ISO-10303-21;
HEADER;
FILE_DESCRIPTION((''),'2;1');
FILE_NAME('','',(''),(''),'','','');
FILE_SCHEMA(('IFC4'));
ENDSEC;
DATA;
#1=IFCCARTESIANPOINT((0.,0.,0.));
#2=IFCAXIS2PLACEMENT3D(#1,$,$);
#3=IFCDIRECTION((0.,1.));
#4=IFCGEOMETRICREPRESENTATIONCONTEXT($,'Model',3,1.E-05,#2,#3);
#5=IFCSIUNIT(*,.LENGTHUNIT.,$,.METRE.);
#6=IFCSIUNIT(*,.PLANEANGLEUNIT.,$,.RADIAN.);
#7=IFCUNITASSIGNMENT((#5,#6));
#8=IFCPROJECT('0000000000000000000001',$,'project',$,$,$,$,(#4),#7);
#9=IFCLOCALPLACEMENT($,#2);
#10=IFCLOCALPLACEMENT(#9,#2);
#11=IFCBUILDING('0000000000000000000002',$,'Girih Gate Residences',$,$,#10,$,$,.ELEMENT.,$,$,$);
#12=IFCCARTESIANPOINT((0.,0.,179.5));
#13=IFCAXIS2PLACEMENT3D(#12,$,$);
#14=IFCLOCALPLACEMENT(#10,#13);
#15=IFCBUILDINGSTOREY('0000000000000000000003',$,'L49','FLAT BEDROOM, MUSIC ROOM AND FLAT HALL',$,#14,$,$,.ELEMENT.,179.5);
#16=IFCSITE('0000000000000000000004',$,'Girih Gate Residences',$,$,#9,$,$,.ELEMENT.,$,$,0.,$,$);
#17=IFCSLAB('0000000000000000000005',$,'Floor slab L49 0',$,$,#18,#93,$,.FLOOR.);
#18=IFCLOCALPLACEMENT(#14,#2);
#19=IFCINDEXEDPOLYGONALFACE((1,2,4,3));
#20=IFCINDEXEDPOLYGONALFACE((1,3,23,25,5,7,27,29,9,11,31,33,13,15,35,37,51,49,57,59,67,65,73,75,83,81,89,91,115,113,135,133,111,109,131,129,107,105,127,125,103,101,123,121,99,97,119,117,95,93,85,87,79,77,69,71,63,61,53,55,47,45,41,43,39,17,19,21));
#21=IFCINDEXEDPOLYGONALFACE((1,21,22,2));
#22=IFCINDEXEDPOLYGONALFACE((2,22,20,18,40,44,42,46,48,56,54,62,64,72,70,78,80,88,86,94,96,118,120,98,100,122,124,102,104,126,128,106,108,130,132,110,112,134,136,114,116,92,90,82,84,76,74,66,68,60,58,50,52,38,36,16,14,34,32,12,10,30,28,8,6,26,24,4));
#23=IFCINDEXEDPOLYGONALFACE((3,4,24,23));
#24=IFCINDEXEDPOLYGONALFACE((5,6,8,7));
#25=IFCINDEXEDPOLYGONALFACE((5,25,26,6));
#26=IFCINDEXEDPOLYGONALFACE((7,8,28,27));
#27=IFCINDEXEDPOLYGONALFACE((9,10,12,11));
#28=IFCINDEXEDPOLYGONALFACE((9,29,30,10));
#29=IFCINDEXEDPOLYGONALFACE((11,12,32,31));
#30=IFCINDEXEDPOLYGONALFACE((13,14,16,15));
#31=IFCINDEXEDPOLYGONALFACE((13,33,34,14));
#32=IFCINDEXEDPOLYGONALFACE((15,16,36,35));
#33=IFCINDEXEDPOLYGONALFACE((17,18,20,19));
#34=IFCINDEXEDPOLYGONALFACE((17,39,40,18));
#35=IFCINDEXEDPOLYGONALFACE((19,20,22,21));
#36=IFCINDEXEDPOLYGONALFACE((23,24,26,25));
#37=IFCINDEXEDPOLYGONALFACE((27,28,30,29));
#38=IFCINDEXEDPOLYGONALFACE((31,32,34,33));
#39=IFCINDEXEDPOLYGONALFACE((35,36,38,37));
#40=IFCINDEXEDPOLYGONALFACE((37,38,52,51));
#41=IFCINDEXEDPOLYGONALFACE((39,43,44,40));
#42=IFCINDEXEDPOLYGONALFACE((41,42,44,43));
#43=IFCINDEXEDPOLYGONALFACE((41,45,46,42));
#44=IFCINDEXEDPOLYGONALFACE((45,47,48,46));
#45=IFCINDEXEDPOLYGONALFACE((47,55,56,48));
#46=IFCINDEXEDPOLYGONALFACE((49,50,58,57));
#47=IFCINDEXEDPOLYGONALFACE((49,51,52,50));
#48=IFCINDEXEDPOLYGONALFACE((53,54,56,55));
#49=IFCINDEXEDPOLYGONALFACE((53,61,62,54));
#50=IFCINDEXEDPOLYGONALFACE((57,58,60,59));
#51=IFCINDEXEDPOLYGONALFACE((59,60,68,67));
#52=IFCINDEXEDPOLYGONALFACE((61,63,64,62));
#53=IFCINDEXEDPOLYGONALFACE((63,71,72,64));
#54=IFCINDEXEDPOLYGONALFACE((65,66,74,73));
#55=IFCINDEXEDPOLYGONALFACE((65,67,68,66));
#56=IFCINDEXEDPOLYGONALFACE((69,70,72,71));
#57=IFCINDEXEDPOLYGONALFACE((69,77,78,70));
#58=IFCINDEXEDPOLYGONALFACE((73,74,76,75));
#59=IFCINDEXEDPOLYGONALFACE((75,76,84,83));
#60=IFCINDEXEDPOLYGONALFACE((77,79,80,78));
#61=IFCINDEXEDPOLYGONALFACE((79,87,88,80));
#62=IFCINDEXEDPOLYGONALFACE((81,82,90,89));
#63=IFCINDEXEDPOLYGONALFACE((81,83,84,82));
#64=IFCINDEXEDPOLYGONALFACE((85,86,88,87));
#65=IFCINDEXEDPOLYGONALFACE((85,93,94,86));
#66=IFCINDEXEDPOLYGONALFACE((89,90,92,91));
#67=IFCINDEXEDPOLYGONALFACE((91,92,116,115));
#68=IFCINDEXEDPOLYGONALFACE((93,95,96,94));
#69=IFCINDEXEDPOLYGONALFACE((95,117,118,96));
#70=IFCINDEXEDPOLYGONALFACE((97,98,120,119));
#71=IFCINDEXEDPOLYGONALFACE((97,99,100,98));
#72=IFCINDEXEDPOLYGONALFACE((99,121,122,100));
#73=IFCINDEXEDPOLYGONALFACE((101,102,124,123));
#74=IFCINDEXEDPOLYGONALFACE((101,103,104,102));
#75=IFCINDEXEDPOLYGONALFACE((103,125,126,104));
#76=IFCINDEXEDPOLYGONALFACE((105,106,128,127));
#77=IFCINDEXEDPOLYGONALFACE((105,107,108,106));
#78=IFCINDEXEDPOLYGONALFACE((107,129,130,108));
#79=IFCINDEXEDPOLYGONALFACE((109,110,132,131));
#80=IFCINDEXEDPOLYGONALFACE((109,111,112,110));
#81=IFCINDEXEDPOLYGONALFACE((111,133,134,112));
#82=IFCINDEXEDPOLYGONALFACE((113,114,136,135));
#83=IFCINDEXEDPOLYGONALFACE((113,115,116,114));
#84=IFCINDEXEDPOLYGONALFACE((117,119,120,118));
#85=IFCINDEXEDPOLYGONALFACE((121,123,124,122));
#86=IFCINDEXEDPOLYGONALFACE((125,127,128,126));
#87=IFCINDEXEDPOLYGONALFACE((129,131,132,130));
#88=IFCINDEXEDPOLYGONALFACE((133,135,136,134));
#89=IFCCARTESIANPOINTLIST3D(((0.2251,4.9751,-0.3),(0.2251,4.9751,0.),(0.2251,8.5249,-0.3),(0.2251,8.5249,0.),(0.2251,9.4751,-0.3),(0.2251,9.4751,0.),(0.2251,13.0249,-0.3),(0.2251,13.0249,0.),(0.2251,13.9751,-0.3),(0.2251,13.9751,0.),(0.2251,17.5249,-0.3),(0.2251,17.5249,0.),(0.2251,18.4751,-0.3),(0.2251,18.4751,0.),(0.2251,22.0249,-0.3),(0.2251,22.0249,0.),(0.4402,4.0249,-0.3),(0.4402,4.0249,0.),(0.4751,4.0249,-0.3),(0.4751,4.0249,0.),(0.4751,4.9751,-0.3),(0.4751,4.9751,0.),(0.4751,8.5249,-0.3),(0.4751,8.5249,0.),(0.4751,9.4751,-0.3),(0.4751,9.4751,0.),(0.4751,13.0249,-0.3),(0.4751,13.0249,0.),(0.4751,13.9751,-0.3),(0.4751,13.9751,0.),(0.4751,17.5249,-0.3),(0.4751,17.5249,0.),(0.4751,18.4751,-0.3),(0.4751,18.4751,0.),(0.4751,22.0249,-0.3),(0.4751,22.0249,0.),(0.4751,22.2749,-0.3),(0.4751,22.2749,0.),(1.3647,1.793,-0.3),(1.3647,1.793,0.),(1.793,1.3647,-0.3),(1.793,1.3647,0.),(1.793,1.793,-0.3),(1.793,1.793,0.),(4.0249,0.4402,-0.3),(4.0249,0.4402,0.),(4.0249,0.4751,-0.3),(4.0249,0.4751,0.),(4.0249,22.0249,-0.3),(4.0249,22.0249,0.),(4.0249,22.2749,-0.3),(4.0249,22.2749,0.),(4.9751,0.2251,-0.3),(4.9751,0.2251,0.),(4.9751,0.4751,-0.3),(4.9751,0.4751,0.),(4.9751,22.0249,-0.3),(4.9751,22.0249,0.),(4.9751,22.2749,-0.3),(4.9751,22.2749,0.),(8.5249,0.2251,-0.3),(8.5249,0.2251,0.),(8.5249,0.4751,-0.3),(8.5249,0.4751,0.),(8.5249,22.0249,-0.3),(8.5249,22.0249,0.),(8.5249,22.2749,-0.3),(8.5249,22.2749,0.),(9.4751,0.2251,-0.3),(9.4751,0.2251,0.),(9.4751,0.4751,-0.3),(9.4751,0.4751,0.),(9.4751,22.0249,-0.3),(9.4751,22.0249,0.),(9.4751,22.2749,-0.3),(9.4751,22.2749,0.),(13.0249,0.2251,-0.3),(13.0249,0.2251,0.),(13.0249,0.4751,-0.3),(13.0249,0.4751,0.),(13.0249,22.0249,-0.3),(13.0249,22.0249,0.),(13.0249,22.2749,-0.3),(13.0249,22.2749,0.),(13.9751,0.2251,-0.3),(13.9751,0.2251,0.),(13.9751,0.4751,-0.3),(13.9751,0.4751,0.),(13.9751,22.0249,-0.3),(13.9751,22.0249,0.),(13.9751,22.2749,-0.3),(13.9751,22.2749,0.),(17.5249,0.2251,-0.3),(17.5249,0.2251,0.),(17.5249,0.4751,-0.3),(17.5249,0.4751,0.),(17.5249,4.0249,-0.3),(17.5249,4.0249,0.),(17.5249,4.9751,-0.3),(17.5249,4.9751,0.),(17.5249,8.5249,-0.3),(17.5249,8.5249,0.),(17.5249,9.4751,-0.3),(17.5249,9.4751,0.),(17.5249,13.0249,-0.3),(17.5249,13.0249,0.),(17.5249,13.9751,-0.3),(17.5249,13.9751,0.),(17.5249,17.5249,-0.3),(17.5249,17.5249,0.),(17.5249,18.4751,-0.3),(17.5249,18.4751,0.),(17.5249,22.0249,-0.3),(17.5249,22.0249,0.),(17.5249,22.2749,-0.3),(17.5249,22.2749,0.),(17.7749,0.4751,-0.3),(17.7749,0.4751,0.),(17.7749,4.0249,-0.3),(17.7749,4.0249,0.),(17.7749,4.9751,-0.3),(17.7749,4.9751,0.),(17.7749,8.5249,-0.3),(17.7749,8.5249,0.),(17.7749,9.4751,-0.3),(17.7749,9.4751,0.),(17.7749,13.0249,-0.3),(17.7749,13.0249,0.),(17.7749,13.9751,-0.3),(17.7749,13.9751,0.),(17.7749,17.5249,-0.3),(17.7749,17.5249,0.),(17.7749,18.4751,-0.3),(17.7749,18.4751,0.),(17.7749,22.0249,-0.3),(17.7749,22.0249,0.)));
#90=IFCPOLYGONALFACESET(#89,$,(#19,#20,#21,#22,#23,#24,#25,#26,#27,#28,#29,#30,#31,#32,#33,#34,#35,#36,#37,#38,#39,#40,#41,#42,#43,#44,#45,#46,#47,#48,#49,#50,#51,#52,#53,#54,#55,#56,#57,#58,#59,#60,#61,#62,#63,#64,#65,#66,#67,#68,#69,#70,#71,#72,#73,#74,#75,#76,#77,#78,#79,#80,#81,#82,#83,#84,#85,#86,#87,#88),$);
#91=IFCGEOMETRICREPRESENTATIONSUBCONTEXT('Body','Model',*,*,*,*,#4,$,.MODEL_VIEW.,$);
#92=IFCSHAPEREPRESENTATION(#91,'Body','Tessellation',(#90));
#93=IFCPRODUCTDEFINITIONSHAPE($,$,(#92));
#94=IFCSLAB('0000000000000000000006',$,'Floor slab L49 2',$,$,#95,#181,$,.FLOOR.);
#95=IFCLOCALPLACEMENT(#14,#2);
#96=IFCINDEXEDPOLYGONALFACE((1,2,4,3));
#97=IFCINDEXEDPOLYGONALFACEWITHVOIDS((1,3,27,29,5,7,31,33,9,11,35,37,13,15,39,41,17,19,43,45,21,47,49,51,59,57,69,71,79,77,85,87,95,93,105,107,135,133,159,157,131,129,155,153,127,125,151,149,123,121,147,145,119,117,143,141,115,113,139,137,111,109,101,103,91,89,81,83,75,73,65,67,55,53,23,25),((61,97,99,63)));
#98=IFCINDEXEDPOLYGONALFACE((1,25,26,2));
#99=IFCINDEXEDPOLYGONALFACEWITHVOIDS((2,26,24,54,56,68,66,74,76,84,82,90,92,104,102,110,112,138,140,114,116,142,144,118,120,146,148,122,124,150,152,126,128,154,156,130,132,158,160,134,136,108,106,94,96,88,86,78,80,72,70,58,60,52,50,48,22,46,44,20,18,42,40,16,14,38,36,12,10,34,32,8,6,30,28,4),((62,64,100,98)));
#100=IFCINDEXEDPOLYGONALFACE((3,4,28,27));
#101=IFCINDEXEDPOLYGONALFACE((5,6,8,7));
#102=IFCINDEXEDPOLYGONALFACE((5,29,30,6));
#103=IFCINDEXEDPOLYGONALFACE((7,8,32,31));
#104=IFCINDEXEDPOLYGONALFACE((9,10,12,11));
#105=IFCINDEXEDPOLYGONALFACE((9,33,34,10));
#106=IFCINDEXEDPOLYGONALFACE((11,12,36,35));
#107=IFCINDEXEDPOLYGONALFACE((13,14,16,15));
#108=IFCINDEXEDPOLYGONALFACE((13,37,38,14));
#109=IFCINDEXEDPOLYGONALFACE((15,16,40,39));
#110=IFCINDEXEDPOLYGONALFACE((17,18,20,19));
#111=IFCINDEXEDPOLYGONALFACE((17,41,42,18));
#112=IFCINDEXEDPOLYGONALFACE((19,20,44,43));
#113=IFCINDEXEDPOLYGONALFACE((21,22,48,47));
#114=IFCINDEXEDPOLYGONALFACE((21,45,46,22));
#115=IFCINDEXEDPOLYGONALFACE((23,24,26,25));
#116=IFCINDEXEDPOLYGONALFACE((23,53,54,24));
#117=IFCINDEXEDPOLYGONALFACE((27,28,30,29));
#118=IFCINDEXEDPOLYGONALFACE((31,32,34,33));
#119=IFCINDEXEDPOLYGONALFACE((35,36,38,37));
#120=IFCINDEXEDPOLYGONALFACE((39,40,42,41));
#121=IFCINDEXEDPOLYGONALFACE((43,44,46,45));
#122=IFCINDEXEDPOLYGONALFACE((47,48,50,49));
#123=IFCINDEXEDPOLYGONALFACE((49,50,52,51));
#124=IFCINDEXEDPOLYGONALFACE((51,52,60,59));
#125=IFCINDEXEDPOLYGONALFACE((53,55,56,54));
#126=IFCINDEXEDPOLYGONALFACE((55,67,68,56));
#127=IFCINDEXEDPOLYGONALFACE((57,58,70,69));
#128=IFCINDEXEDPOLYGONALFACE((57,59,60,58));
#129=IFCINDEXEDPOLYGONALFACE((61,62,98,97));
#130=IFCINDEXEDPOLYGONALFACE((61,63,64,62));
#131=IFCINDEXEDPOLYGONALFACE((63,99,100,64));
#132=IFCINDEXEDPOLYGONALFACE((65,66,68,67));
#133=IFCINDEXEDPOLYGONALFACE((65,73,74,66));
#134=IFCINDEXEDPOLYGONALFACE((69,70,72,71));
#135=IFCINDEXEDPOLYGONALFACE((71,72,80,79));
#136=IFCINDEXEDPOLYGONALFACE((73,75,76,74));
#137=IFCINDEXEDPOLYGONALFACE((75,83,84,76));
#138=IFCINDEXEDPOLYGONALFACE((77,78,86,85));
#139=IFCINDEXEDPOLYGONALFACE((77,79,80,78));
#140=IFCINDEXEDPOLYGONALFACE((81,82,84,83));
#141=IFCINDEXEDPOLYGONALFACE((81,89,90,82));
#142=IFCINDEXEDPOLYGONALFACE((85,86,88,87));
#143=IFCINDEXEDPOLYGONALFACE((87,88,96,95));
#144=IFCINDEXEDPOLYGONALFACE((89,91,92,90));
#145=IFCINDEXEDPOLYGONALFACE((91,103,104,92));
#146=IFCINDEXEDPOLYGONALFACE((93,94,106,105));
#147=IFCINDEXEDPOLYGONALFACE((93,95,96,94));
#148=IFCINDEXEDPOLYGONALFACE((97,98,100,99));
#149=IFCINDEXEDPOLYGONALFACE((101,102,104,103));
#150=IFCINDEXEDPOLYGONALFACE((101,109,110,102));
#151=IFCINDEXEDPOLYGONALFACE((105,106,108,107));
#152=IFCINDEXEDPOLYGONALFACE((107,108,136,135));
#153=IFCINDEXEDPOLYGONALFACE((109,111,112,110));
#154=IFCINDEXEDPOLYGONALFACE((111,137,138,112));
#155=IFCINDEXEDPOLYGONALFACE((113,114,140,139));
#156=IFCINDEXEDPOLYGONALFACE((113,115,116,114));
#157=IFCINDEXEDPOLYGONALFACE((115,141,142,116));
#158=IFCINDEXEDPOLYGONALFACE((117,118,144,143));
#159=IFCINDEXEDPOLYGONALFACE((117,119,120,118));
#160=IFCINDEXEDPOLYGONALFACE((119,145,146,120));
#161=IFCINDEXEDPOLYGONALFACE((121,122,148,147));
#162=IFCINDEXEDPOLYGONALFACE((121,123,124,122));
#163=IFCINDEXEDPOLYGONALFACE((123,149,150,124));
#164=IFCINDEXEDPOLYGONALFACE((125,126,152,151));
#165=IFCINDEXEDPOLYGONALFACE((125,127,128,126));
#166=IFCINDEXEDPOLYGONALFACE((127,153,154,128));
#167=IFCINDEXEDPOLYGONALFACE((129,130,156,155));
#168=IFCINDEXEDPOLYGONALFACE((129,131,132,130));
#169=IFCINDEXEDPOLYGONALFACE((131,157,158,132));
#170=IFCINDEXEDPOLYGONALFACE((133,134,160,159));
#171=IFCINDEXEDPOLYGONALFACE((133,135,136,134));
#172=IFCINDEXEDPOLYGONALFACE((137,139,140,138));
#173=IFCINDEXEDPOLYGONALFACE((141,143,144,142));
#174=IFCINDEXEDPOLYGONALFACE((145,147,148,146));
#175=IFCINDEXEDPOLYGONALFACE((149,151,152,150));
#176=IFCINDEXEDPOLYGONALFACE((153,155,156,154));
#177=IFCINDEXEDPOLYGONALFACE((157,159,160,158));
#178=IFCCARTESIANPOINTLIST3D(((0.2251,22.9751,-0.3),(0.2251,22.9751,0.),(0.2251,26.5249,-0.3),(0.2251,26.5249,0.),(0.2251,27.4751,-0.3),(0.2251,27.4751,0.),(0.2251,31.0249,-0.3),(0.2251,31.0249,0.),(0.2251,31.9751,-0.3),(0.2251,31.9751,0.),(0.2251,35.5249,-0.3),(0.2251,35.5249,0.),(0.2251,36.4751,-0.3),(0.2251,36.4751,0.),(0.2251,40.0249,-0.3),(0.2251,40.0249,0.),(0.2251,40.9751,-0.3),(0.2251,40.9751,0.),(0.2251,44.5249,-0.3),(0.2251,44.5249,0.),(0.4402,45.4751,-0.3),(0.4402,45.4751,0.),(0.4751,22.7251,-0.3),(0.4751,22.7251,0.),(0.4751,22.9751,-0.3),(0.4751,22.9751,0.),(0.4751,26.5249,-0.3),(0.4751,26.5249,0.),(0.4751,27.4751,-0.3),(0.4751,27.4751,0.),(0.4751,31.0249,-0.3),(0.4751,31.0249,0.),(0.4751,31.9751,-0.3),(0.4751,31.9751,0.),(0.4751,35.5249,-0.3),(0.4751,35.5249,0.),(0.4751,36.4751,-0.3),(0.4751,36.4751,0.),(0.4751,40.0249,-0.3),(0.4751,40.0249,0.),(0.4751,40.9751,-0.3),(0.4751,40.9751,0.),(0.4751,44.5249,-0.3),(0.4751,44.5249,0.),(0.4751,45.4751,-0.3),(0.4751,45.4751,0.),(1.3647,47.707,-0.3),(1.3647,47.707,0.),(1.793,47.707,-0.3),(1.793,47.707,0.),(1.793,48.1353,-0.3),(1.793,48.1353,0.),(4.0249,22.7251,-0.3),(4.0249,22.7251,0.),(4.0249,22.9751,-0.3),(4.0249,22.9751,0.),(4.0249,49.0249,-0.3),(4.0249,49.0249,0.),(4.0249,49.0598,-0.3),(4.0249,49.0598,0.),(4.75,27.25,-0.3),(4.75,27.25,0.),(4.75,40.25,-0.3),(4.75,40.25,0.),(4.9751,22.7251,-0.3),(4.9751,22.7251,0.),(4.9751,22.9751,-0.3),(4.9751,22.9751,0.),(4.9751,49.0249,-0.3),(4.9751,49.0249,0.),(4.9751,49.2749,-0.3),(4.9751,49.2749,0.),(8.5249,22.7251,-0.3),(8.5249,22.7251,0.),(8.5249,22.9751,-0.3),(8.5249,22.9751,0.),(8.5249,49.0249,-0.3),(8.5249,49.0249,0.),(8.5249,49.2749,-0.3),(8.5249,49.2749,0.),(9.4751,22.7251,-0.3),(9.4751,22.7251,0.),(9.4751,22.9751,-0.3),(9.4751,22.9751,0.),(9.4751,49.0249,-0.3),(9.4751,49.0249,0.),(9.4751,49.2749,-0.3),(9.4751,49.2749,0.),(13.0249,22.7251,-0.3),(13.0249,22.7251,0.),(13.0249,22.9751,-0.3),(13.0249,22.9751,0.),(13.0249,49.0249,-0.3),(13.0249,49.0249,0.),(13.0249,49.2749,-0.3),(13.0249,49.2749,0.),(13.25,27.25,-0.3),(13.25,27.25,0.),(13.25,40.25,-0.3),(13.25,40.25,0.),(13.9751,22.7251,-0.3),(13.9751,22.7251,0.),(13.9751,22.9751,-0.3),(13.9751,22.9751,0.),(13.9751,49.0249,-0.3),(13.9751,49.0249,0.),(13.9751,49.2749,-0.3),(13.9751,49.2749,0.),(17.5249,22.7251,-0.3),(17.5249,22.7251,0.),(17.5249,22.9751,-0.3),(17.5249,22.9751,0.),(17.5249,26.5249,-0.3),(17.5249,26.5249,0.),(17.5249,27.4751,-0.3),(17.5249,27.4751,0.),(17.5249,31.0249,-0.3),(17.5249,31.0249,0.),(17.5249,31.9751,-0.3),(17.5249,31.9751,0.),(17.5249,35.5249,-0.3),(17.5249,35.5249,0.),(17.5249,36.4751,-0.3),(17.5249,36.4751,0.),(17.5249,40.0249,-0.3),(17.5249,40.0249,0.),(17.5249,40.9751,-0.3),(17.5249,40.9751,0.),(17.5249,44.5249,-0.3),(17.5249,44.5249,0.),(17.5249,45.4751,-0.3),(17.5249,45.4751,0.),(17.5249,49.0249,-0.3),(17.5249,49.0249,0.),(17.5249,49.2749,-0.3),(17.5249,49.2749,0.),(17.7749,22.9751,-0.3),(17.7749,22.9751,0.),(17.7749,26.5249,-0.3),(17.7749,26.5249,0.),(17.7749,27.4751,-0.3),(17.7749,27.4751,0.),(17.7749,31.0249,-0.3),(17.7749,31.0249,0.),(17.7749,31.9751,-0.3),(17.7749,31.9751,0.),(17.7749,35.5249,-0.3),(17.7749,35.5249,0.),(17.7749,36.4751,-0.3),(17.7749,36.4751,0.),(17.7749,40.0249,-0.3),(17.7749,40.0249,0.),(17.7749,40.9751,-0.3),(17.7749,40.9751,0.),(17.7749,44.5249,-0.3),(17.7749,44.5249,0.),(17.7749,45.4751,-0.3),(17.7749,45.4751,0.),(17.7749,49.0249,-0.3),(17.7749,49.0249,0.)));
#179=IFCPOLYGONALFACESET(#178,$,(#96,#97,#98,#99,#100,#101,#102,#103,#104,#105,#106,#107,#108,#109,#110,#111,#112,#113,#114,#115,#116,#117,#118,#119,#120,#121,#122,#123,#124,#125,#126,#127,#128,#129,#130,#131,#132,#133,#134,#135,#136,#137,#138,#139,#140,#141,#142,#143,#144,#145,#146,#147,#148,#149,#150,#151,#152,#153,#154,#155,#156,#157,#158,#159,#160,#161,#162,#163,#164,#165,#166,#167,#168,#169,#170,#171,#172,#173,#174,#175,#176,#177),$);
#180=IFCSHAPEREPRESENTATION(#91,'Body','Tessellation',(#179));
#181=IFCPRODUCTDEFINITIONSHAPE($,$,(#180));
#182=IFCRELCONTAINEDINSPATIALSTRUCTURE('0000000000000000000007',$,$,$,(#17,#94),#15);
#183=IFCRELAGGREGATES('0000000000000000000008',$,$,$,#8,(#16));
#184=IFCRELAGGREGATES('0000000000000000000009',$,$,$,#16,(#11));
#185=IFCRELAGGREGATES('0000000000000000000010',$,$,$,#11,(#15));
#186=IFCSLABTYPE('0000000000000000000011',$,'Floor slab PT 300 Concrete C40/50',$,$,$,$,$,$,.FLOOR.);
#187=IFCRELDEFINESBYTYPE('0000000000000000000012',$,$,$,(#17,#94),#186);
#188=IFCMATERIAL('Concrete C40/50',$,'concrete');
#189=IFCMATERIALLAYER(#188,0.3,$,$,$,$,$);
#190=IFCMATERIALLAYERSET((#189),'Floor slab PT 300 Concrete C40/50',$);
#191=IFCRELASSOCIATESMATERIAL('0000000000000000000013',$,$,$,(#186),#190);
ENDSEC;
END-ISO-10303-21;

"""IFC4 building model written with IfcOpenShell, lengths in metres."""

from ifc_helpers import new_model, si_unit, direction, frame, origin, place, context, subcontext, project, spatial, polyline, outline, extrude, material, layer, layer_set, type_object, element, save


model = new_model("IFC4")

# Units and contexts
model_context = context("Model", 3, precision=1e-05, world=origin(), true_north=direction((0.0, 1.0)))
body_context = subcontext(model_context, "Body", "Model", "MODEL_VIEW")
ifc_project = project(units=[si_unit("LENGTHUNIT", "METRE"), si_unit("PLANEANGLEUNIT", "RADIAN")], contexts=[model_context])

# Site, building, storey
site_placement = place(None, origin())
site = spatial("IfcSite", under=ifc_project, at=site_placement, Name="Girih Gate Residences", CompositionType="ELEMENT", RefElevation=0.0)
building_placement = place(site_placement, origin())
building = spatial("IfcBuilding", under=site, at=building_placement, Name="Girih Gate Residences", CompositionType="ELEMENT")
storey_placement = place(building_placement, frame((0.0, 0.0, 179.5)))
storey = spatial("IfcBuildingStorey", under=building, at=storey_placement, Name="L49", Description="FLAT BEDROOM, MUSIC ROOM AND FLAT HALL", CompositionType="ELEMENT", Elevation=179.5)

# Slabs
ifc_material_1 = material(Name="Concrete C40/50", Category="concrete")
ifc_layer_1 = layer(ifc_material_1, 0.3)
ifc_layer_set_1 = layer_set([ifc_layer_1], Name="Floor slab PT 300 Concrete C40/50")
slab_type_1 = type_object("IfcSlabType", Name="Floor slab PT 300 Concrete C40/50", PredefinedType="FLOOR", material=ifc_layer_set_1)
slab_1_placement = place(storey_placement, frame((0.0, 0.0, -0.3)))
element("IfcSlab", 1, at=slab_1_placement, inside=storey, type_object=slab_type_1, Name="Floor slab L49 0", PredefinedType="FLOOR", context=body_context, shape_type="SweptSolid", body=[
    extrude(outline(polyline([(13.9751, 0.2251), (17.5249, 0.2251), (17.5249, 0.4751), (17.7749, 0.4751), (17.7749, 4.0249), (17.5249, 4.0249), (17.5249, 4.9751), (17.7749, 4.9751), (17.7749, 8.5249), (17.5249, 8.5249), (17.5249, 9.4751), (17.7749, 9.4751), (17.7749, 13.0249), (17.5249, 13.0249), (17.5249, 13.9751), (17.7749, 13.9751), (17.7749, 17.5249), (17.5249, 17.5249), (17.5249, 18.4751), (17.7749, 18.4751), (17.7749, 22.0249), (17.5249, 22.0249), (17.5249, 22.2749), (13.9751, 22.2749), (13.9751, 22.0249), (13.0249, 22.0249), (13.0249, 22.2749), (9.4751, 22.2749), (9.4751, 22.0249), (8.5249, 22.0249), (8.5249, 22.2749), (4.9751, 22.2749), (4.9751, 22.0249), (4.0249, 22.0249), (4.0249, 22.2749), (0.4751, 22.2749), (0.4751, 22.0249), (0.2251, 22.0249), (0.2251, 18.4751), (0.4751, 18.4751), (0.4751, 17.5249), (0.2251, 17.5249), (0.2251, 13.9751), (0.4751, 13.9751), (0.4751, 13.0249), (0.2251, 13.0249), (0.2251, 9.4751), (0.4751, 9.4751), (0.4751, 8.5249), (0.2251, 8.5249), (0.2251, 4.9751), (0.4751, 4.9751), (0.4751, 4.0249), (0.4402, 4.0249), (1.3647, 1.793), (1.793, 1.793), (1.793, 1.3647), (4.0249, 0.4402), (4.0249, 0.4751), (4.9751, 0.4751), (4.9751, 0.2251), (8.5249, 0.2251), (8.5249, 0.4751), (9.4751, 0.4751), (9.4751, 0.2251), (13.0249, 0.2251), (13.0249, 0.4751), (13.9751, 0.4751), (13.9751, 0.2251)])), origin(), (0.0, 0.0, 1.0), 0.3),
])
slab_2_placement = place(storey_placement, frame((0.0, 0.0, -0.3)))
element("IfcSlab", 2, at=slab_2_placement, inside=storey, type_object=slab_type_1, Name="Floor slab L49 2", PredefinedType="FLOOR", context=body_context, shape_type="SweptSolid", body=[
    extrude(outline(polyline([(0.2251, 26.5249), (0.2251, 22.9751), (0.4751, 22.9751), (0.4751, 22.7251), (4.0249, 22.7251), (4.0249, 22.9751), (4.9751, 22.9751), (4.9751, 22.7251), (8.5249, 22.7251), (8.5249, 22.9751), (9.4751, 22.9751), (9.4751, 22.7251), (13.0249, 22.7251), (13.0249, 22.9751), (13.9751, 22.9751), (13.9751, 22.7251), (17.5249, 22.7251), (17.5249, 22.9751), (17.7749, 22.9751), (17.7749, 26.5249), (17.5249, 26.5249), (17.5249, 27.4751), (17.7749, 27.4751), (17.7749, 31.0249), (17.5249, 31.0249), (17.5249, 31.9751), (17.7749, 31.9751), (17.7749, 35.5249), (17.5249, 35.5249), (17.5249, 36.4751), (17.7749, 36.4751), (17.7749, 40.0249), (17.5249, 40.0249), (17.5249, 40.9751), (17.7749, 40.9751), (17.7749, 44.5249), (17.5249, 44.5249), (17.5249, 45.4751), (17.7749, 45.4751), (17.7749, 49.0249), (17.5249, 49.0249), (17.5249, 49.2749), (13.9751, 49.2749), (13.9751, 49.0249), (13.0249, 49.0249), (13.0249, 49.2749), (9.4751, 49.2749), (9.4751, 49.0249), (8.5249, 49.0249), (8.5249, 49.2749), (4.9751, 49.2749), (4.9751, 49.0249), (4.0249, 49.0249), (4.0249, 49.0598), (1.793, 48.1353), (1.793, 47.707), (1.3647, 47.707), (0.4402, 45.4751), (0.4751, 45.4751), (0.4751, 44.5249), (0.2251, 44.5249), (0.2251, 40.9751), (0.4751, 40.9751), (0.4751, 40.0249), (0.2251, 40.0249), (0.2251, 36.4751), (0.4751, 36.4751), (0.4751, 35.5249), (0.2251, 35.5249), (0.2251, 31.9751), (0.4751, 31.9751), (0.4751, 31.0249), (0.2251, 31.0249), (0.2251, 27.4751), (0.4751, 27.4751), (0.4751, 26.5249), (0.2251, 26.5249)]), holes=[polyline([(13.25, 40.25), (13.25, 27.25), (4.75, 27.25), (4.75, 40.25), (13.25, 40.25)])]), origin(), (0.0, 0.0, 1.0), 0.3),
])

save(model, "model.ifc")
